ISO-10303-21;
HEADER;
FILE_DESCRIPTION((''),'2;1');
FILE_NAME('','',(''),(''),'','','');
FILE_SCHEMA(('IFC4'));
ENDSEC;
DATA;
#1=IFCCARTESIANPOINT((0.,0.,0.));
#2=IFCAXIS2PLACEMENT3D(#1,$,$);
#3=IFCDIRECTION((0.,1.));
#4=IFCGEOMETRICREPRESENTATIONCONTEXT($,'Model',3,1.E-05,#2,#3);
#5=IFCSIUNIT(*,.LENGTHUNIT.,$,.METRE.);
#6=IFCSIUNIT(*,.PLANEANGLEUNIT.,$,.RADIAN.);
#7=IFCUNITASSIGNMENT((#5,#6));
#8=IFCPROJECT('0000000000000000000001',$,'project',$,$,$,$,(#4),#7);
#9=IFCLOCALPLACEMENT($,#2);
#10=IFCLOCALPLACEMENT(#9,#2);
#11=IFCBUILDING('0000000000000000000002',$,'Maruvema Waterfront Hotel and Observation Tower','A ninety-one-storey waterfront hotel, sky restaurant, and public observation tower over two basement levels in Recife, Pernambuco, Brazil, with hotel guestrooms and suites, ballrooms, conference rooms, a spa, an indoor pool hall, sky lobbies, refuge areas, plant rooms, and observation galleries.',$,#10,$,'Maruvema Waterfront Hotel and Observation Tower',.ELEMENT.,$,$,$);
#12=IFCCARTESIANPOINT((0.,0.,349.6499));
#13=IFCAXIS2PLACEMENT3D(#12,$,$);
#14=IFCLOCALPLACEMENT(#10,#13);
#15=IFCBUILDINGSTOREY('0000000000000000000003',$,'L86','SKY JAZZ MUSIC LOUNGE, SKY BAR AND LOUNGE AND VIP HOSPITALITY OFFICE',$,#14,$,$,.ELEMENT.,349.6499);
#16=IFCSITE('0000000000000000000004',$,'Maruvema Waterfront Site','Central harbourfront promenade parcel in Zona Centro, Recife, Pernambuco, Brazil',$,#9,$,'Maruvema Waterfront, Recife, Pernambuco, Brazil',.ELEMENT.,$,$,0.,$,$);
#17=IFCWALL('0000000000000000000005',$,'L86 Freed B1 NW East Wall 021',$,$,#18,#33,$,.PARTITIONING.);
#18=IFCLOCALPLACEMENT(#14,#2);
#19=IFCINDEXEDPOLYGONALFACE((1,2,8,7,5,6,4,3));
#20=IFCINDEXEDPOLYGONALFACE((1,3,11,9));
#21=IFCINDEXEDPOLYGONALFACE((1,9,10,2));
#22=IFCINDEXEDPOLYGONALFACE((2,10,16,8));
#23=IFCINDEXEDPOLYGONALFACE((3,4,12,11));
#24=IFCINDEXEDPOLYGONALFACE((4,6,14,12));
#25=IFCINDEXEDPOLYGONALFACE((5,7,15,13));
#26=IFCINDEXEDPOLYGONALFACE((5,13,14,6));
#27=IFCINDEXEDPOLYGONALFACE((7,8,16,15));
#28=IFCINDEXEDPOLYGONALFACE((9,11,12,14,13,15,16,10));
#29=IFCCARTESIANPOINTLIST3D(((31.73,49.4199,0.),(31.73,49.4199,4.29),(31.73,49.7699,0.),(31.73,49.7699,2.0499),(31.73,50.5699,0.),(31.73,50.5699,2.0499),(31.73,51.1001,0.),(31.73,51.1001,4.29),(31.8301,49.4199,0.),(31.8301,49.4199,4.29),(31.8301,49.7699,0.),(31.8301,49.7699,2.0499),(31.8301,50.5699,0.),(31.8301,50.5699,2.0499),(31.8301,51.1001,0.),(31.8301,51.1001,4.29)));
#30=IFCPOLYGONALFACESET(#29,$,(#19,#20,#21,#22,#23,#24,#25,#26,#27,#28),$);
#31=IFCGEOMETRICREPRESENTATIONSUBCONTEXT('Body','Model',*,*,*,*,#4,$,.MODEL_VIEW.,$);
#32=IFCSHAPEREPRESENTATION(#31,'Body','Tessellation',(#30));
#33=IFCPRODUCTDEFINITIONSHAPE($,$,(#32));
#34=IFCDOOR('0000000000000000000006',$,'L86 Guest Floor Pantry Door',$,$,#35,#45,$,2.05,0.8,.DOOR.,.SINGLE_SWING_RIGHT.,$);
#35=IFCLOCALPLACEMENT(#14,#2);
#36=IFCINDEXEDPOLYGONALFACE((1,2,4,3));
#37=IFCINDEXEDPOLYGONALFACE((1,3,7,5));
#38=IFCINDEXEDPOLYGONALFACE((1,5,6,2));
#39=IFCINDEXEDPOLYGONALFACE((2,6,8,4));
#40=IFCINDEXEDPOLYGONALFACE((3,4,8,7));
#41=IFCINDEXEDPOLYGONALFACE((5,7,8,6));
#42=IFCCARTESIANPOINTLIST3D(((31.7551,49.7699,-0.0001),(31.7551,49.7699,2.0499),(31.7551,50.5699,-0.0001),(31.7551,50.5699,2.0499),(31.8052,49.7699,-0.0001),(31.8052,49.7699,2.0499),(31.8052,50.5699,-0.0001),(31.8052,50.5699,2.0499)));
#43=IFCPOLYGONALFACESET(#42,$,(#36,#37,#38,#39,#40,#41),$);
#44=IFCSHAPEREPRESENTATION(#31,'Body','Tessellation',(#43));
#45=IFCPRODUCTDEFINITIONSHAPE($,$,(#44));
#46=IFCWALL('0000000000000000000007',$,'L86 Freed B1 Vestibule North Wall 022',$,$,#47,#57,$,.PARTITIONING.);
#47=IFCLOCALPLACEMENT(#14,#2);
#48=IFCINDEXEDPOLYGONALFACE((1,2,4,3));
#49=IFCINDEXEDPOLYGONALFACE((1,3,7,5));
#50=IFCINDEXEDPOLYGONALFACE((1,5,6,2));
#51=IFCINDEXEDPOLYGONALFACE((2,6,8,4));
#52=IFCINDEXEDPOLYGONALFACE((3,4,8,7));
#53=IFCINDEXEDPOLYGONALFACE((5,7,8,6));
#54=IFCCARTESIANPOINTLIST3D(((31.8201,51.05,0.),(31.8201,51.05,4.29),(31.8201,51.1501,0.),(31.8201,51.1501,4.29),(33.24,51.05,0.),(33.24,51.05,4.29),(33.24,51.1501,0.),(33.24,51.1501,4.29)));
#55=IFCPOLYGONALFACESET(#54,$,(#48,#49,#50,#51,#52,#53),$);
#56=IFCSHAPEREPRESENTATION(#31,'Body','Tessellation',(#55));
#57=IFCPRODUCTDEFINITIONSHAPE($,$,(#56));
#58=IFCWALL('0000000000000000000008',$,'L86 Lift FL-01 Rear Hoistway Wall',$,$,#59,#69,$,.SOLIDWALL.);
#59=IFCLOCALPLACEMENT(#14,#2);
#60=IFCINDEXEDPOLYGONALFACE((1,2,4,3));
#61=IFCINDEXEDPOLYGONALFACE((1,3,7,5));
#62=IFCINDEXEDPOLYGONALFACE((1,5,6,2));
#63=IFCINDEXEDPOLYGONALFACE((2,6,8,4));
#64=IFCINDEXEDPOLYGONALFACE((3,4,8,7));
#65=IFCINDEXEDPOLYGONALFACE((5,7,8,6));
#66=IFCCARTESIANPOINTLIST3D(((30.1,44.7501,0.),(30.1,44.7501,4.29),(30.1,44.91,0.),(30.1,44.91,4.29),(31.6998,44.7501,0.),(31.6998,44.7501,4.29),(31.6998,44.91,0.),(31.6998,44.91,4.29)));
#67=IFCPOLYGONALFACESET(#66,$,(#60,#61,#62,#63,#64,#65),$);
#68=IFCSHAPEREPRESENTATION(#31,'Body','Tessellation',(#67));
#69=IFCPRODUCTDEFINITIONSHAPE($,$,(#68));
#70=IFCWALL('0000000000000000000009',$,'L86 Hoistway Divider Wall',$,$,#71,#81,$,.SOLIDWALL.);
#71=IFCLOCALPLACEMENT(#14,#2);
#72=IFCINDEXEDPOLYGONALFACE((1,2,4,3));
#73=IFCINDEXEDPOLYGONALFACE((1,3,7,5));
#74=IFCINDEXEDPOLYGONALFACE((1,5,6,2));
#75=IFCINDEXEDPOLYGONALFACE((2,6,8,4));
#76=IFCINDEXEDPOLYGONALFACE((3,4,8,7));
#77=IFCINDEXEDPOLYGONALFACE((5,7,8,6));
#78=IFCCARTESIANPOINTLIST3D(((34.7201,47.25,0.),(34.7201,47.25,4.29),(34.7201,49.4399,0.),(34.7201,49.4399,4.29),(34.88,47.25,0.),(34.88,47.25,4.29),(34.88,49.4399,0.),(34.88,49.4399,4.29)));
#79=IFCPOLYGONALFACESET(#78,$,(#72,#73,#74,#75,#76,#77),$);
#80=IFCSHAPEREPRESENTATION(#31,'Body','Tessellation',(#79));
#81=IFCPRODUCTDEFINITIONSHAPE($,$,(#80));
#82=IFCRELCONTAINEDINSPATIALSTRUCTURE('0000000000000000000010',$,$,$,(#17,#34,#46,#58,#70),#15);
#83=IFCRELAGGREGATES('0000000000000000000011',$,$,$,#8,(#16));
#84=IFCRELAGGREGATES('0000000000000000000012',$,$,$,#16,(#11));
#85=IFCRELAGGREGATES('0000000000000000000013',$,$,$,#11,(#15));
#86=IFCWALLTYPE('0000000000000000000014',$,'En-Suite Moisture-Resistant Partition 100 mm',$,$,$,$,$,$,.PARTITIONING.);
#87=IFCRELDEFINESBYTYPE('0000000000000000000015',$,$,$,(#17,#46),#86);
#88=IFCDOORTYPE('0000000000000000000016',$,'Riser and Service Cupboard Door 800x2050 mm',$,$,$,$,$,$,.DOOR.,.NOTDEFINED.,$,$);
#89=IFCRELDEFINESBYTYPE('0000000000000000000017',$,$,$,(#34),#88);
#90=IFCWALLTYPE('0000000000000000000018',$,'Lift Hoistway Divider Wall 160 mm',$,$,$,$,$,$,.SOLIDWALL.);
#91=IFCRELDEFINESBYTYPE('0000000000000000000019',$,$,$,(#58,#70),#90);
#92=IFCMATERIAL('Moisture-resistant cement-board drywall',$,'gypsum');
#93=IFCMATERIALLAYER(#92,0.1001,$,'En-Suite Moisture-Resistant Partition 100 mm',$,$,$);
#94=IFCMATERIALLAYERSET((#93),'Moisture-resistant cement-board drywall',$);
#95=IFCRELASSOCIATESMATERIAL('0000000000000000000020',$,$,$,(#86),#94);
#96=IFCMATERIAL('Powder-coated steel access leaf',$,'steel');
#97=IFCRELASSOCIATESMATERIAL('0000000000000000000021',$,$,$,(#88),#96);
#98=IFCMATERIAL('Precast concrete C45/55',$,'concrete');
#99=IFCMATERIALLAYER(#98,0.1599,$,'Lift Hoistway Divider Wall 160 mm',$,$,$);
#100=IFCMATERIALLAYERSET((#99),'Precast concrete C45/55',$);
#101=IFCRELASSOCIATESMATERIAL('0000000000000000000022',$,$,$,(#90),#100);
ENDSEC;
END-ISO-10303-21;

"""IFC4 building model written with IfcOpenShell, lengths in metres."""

from ifc_helpers import new_model, si_unit, direction, frame, frame_2d, origin, place, context, subcontext, project, spatial, rectangle, extrude, material, layer, layer_set, type_object, element, fill, save


model = new_model("IFC4")

# Units and contexts
model_context = context("Model", 3, precision=1e-05, world=origin(), true_north=direction((0.0, 1.0)))
body_context = subcontext(model_context, "Body", "Model", "MODEL_VIEW")
ifc_project = project(units=[si_unit("LENGTHUNIT", "METRE"), si_unit("PLANEANGLEUNIT", "RADIAN")], contexts=[model_context])

# Site, building, storey
site_placement = place(None, origin())
site = spatial("IfcSite", under=ifc_project, at=site_placement, Name="Maruvema Waterfront Site", Description="Central harbourfront promenade parcel in Zona Centro, Recife, Pernambuco, Brazil", LongName="Maruvema Waterfront, Recife, Pernambuco, Brazil", CompositionType="ELEMENT", RefElevation=0.0)
building_placement = place(site_placement, origin())
building = spatial("IfcBuilding", under=site, at=building_placement, Name="Maruvema Waterfront Hotel and Observation Tower", Description="A ninety-one-storey waterfront hotel, sky restaurant, and public observation tower over two basement levels in Recife, Pernambuco, Brazil, with hotel guestrooms and suites, ballrooms, conference rooms, a spa, an indoor pool hall, sky lobbies, refuge areas, plant rooms, and observation galleries.", LongName="Maruvema Waterfront Hotel and Observation Tower", CompositionType="ELEMENT")
storey_placement = place(building_placement, frame((0.0, 0.0, 349.6499)))
storey = spatial("IfcBuildingStorey", under=building, at=storey_placement, Name="L86", Description="SKY JAZZ MUSIC LOUNGE, SKY BAR AND LOUNGE AND VIP HOSPITALITY OFFICE", CompositionType="ELEMENT", Elevation=349.6499)

# Shared definitions
ifc_material_1 = material(Name="Moisture-resistant cement-board drywall", Category="gypsum")
ifc_layer_1 = layer(ifc_material_1, 0.1001, Name="En-Suite Moisture-Resistant Partition 100 mm")
ifc_layer_set_1 = layer_set([ifc_layer_1], Name="Moisture-resistant cement-board drywall")
wall_type_1 = type_object("IfcWallType", Name="En-Suite Moisture-Resistant Partition 100 mm", PredefinedType="PARTITIONING", material=ifc_layer_set_1)

# Wall, opening, door
ifc_material_2 = material(Name="Powder-coated steel access leaf", Category="steel")
door_type_1 = type_object("IfcDoorType", Name="Riser and Service Cupboard Door 800x2050 mm", OperationType="NOTDEFINED", PredefinedType="DOOR", material=ifc_material_2)
wall_1_placement = place(storey_placement, frame((31.78, 49.4199, 0.0), z_axis=(0.0, 0.0, 1.0), x_axis=(0.0, 1.0, 0.0)))
wall_1 = element("IfcWall", 1, at=wall_1_placement, inside=storey, type_object=wall_type_1, Name="L86 Freed B1 NW East Wall 021", PredefinedType="PARTITIONING", context=body_context, shape_type="SweptSolid", body=[
    extrude(rectangle(XDim=1.6802, YDim=0.1001, at=frame_2d((0.8401, 0.0))), origin(), (0.0, 0.0, 1.0), 4.29),
])
opening_1_placement = place(wall_1_placement, frame((0.3501, 0.0, 0.0)))
opening_1 = element("IfcOpeningElement", 2, at=opening_1_placement, cuts=wall_1, PredefinedType="OPENING", context=body_context, shape_type="SweptSolid", body=[
    extrude(rectangle(XDim=0.8, YDim=2.05, at=frame_2d((0.3999, 1.0249))), frame((0.0, 0.0601, 0.0), z_axis=(0.0, -1.0, 0.0), x_axis=(1.0, 0.0, 0.0)), (0.0, 0.0, 1.0), 0.1201),
])
door_1_placement = place(opening_1_placement, origin())
door_1 = element("IfcDoor", 3, at=door_1_placement, inside=storey, type_object=door_type_1, Name="L86 Guest Floor Pantry Door", OperationType="SINGLE_SWING_RIGHT", OverallHeight=2.05, OverallWidth=0.8, PredefinedType="DOOR", context=body_context, shape_type="SweptSolid", body=[
    extrude(rectangle(XDim=0.8, YDim=2.05, at=frame_2d((0.3999, 1.0249))), frame((0.0, 0.0249, 0.0), z_axis=(0.0, -1.0, 0.0), x_axis=(1.0, 0.0, 0.0)), (0.0, 0.0, 1.0), 0.05),
])
fill(opening_1, door_1)

# Walls
wall_2_placement = place(storey_placement, frame((31.8201, 51.1001, 0.0), z_axis=(0.0, 0.0, 1.0), x_axis=(1.0, 0.0, 0.0)))
element("IfcWall", 4, at=wall_2_placement, inside=storey, type_object=wall_type_1, Name="L86 Freed B1 Vestibule North Wall 022", PredefinedType="PARTITIONING", context=body_context, shape_type="SweptSolid", body=[
    extrude(rectangle(XDim=1.4199, YDim=0.1001, at=frame_2d((0.71, 0.0))), origin(), (0.0, 0.0, 1.0), 4.29),
])
ifc_material_3 = material(Name="Precast concrete C45/55", Category="concrete")
ifc_layer_2 = layer(ifc_material_3, 0.1599, Name="Lift Hoistway Divider Wall 160 mm")
ifc_layer_set_2 = layer_set([ifc_layer_2], Name="Precast concrete C45/55")
wall_type_2 = type_object("IfcWallType", Name="Lift Hoistway Divider Wall 160 mm", PredefinedType="SOLIDWALL", material=ifc_layer_set_2)
wall_3_placement = place(storey_placement, frame((30.1001, 44.8301, 0.0), z_axis=(0.0, 0.0, 1.0), x_axis=(1.0, 0.0, 0.0)))
element("IfcWall", 5, at=wall_3_placement, inside=storey, type_object=wall_type_2, Name="L86 Lift FL-01 Rear Hoistway Wall", PredefinedType="SOLIDWALL", context=body_context, shape_type="SweptSolid", body=[
    extrude(rectangle(XDim=1.5999, YDim=0.1599, at=frame_2d((0.7998, 0.0))), origin(), (0.0, 0.0, 1.0), 4.29),
])
wall_4_placement = place(storey_placement, frame((34.8, 47.25, 0.0), z_axis=(0.0, 0.0, 1.0), x_axis=(0.0, 1.0, 0.0)))
element("IfcWall", 6, at=wall_4_placement, inside=storey, type_object=wall_type_2, Name="L86 Hoistway Divider Wall", PredefinedType="SOLIDWALL", context=body_context, shape_type="SweptSolid", body=[
    extrude(rectangle(XDim=2.1899, YDim=0.1599, at=frame_2d((1.095, 0.0))), origin(), (0.0, 0.0, 1.0), 4.29),
])

save(model, "model.ifc")
